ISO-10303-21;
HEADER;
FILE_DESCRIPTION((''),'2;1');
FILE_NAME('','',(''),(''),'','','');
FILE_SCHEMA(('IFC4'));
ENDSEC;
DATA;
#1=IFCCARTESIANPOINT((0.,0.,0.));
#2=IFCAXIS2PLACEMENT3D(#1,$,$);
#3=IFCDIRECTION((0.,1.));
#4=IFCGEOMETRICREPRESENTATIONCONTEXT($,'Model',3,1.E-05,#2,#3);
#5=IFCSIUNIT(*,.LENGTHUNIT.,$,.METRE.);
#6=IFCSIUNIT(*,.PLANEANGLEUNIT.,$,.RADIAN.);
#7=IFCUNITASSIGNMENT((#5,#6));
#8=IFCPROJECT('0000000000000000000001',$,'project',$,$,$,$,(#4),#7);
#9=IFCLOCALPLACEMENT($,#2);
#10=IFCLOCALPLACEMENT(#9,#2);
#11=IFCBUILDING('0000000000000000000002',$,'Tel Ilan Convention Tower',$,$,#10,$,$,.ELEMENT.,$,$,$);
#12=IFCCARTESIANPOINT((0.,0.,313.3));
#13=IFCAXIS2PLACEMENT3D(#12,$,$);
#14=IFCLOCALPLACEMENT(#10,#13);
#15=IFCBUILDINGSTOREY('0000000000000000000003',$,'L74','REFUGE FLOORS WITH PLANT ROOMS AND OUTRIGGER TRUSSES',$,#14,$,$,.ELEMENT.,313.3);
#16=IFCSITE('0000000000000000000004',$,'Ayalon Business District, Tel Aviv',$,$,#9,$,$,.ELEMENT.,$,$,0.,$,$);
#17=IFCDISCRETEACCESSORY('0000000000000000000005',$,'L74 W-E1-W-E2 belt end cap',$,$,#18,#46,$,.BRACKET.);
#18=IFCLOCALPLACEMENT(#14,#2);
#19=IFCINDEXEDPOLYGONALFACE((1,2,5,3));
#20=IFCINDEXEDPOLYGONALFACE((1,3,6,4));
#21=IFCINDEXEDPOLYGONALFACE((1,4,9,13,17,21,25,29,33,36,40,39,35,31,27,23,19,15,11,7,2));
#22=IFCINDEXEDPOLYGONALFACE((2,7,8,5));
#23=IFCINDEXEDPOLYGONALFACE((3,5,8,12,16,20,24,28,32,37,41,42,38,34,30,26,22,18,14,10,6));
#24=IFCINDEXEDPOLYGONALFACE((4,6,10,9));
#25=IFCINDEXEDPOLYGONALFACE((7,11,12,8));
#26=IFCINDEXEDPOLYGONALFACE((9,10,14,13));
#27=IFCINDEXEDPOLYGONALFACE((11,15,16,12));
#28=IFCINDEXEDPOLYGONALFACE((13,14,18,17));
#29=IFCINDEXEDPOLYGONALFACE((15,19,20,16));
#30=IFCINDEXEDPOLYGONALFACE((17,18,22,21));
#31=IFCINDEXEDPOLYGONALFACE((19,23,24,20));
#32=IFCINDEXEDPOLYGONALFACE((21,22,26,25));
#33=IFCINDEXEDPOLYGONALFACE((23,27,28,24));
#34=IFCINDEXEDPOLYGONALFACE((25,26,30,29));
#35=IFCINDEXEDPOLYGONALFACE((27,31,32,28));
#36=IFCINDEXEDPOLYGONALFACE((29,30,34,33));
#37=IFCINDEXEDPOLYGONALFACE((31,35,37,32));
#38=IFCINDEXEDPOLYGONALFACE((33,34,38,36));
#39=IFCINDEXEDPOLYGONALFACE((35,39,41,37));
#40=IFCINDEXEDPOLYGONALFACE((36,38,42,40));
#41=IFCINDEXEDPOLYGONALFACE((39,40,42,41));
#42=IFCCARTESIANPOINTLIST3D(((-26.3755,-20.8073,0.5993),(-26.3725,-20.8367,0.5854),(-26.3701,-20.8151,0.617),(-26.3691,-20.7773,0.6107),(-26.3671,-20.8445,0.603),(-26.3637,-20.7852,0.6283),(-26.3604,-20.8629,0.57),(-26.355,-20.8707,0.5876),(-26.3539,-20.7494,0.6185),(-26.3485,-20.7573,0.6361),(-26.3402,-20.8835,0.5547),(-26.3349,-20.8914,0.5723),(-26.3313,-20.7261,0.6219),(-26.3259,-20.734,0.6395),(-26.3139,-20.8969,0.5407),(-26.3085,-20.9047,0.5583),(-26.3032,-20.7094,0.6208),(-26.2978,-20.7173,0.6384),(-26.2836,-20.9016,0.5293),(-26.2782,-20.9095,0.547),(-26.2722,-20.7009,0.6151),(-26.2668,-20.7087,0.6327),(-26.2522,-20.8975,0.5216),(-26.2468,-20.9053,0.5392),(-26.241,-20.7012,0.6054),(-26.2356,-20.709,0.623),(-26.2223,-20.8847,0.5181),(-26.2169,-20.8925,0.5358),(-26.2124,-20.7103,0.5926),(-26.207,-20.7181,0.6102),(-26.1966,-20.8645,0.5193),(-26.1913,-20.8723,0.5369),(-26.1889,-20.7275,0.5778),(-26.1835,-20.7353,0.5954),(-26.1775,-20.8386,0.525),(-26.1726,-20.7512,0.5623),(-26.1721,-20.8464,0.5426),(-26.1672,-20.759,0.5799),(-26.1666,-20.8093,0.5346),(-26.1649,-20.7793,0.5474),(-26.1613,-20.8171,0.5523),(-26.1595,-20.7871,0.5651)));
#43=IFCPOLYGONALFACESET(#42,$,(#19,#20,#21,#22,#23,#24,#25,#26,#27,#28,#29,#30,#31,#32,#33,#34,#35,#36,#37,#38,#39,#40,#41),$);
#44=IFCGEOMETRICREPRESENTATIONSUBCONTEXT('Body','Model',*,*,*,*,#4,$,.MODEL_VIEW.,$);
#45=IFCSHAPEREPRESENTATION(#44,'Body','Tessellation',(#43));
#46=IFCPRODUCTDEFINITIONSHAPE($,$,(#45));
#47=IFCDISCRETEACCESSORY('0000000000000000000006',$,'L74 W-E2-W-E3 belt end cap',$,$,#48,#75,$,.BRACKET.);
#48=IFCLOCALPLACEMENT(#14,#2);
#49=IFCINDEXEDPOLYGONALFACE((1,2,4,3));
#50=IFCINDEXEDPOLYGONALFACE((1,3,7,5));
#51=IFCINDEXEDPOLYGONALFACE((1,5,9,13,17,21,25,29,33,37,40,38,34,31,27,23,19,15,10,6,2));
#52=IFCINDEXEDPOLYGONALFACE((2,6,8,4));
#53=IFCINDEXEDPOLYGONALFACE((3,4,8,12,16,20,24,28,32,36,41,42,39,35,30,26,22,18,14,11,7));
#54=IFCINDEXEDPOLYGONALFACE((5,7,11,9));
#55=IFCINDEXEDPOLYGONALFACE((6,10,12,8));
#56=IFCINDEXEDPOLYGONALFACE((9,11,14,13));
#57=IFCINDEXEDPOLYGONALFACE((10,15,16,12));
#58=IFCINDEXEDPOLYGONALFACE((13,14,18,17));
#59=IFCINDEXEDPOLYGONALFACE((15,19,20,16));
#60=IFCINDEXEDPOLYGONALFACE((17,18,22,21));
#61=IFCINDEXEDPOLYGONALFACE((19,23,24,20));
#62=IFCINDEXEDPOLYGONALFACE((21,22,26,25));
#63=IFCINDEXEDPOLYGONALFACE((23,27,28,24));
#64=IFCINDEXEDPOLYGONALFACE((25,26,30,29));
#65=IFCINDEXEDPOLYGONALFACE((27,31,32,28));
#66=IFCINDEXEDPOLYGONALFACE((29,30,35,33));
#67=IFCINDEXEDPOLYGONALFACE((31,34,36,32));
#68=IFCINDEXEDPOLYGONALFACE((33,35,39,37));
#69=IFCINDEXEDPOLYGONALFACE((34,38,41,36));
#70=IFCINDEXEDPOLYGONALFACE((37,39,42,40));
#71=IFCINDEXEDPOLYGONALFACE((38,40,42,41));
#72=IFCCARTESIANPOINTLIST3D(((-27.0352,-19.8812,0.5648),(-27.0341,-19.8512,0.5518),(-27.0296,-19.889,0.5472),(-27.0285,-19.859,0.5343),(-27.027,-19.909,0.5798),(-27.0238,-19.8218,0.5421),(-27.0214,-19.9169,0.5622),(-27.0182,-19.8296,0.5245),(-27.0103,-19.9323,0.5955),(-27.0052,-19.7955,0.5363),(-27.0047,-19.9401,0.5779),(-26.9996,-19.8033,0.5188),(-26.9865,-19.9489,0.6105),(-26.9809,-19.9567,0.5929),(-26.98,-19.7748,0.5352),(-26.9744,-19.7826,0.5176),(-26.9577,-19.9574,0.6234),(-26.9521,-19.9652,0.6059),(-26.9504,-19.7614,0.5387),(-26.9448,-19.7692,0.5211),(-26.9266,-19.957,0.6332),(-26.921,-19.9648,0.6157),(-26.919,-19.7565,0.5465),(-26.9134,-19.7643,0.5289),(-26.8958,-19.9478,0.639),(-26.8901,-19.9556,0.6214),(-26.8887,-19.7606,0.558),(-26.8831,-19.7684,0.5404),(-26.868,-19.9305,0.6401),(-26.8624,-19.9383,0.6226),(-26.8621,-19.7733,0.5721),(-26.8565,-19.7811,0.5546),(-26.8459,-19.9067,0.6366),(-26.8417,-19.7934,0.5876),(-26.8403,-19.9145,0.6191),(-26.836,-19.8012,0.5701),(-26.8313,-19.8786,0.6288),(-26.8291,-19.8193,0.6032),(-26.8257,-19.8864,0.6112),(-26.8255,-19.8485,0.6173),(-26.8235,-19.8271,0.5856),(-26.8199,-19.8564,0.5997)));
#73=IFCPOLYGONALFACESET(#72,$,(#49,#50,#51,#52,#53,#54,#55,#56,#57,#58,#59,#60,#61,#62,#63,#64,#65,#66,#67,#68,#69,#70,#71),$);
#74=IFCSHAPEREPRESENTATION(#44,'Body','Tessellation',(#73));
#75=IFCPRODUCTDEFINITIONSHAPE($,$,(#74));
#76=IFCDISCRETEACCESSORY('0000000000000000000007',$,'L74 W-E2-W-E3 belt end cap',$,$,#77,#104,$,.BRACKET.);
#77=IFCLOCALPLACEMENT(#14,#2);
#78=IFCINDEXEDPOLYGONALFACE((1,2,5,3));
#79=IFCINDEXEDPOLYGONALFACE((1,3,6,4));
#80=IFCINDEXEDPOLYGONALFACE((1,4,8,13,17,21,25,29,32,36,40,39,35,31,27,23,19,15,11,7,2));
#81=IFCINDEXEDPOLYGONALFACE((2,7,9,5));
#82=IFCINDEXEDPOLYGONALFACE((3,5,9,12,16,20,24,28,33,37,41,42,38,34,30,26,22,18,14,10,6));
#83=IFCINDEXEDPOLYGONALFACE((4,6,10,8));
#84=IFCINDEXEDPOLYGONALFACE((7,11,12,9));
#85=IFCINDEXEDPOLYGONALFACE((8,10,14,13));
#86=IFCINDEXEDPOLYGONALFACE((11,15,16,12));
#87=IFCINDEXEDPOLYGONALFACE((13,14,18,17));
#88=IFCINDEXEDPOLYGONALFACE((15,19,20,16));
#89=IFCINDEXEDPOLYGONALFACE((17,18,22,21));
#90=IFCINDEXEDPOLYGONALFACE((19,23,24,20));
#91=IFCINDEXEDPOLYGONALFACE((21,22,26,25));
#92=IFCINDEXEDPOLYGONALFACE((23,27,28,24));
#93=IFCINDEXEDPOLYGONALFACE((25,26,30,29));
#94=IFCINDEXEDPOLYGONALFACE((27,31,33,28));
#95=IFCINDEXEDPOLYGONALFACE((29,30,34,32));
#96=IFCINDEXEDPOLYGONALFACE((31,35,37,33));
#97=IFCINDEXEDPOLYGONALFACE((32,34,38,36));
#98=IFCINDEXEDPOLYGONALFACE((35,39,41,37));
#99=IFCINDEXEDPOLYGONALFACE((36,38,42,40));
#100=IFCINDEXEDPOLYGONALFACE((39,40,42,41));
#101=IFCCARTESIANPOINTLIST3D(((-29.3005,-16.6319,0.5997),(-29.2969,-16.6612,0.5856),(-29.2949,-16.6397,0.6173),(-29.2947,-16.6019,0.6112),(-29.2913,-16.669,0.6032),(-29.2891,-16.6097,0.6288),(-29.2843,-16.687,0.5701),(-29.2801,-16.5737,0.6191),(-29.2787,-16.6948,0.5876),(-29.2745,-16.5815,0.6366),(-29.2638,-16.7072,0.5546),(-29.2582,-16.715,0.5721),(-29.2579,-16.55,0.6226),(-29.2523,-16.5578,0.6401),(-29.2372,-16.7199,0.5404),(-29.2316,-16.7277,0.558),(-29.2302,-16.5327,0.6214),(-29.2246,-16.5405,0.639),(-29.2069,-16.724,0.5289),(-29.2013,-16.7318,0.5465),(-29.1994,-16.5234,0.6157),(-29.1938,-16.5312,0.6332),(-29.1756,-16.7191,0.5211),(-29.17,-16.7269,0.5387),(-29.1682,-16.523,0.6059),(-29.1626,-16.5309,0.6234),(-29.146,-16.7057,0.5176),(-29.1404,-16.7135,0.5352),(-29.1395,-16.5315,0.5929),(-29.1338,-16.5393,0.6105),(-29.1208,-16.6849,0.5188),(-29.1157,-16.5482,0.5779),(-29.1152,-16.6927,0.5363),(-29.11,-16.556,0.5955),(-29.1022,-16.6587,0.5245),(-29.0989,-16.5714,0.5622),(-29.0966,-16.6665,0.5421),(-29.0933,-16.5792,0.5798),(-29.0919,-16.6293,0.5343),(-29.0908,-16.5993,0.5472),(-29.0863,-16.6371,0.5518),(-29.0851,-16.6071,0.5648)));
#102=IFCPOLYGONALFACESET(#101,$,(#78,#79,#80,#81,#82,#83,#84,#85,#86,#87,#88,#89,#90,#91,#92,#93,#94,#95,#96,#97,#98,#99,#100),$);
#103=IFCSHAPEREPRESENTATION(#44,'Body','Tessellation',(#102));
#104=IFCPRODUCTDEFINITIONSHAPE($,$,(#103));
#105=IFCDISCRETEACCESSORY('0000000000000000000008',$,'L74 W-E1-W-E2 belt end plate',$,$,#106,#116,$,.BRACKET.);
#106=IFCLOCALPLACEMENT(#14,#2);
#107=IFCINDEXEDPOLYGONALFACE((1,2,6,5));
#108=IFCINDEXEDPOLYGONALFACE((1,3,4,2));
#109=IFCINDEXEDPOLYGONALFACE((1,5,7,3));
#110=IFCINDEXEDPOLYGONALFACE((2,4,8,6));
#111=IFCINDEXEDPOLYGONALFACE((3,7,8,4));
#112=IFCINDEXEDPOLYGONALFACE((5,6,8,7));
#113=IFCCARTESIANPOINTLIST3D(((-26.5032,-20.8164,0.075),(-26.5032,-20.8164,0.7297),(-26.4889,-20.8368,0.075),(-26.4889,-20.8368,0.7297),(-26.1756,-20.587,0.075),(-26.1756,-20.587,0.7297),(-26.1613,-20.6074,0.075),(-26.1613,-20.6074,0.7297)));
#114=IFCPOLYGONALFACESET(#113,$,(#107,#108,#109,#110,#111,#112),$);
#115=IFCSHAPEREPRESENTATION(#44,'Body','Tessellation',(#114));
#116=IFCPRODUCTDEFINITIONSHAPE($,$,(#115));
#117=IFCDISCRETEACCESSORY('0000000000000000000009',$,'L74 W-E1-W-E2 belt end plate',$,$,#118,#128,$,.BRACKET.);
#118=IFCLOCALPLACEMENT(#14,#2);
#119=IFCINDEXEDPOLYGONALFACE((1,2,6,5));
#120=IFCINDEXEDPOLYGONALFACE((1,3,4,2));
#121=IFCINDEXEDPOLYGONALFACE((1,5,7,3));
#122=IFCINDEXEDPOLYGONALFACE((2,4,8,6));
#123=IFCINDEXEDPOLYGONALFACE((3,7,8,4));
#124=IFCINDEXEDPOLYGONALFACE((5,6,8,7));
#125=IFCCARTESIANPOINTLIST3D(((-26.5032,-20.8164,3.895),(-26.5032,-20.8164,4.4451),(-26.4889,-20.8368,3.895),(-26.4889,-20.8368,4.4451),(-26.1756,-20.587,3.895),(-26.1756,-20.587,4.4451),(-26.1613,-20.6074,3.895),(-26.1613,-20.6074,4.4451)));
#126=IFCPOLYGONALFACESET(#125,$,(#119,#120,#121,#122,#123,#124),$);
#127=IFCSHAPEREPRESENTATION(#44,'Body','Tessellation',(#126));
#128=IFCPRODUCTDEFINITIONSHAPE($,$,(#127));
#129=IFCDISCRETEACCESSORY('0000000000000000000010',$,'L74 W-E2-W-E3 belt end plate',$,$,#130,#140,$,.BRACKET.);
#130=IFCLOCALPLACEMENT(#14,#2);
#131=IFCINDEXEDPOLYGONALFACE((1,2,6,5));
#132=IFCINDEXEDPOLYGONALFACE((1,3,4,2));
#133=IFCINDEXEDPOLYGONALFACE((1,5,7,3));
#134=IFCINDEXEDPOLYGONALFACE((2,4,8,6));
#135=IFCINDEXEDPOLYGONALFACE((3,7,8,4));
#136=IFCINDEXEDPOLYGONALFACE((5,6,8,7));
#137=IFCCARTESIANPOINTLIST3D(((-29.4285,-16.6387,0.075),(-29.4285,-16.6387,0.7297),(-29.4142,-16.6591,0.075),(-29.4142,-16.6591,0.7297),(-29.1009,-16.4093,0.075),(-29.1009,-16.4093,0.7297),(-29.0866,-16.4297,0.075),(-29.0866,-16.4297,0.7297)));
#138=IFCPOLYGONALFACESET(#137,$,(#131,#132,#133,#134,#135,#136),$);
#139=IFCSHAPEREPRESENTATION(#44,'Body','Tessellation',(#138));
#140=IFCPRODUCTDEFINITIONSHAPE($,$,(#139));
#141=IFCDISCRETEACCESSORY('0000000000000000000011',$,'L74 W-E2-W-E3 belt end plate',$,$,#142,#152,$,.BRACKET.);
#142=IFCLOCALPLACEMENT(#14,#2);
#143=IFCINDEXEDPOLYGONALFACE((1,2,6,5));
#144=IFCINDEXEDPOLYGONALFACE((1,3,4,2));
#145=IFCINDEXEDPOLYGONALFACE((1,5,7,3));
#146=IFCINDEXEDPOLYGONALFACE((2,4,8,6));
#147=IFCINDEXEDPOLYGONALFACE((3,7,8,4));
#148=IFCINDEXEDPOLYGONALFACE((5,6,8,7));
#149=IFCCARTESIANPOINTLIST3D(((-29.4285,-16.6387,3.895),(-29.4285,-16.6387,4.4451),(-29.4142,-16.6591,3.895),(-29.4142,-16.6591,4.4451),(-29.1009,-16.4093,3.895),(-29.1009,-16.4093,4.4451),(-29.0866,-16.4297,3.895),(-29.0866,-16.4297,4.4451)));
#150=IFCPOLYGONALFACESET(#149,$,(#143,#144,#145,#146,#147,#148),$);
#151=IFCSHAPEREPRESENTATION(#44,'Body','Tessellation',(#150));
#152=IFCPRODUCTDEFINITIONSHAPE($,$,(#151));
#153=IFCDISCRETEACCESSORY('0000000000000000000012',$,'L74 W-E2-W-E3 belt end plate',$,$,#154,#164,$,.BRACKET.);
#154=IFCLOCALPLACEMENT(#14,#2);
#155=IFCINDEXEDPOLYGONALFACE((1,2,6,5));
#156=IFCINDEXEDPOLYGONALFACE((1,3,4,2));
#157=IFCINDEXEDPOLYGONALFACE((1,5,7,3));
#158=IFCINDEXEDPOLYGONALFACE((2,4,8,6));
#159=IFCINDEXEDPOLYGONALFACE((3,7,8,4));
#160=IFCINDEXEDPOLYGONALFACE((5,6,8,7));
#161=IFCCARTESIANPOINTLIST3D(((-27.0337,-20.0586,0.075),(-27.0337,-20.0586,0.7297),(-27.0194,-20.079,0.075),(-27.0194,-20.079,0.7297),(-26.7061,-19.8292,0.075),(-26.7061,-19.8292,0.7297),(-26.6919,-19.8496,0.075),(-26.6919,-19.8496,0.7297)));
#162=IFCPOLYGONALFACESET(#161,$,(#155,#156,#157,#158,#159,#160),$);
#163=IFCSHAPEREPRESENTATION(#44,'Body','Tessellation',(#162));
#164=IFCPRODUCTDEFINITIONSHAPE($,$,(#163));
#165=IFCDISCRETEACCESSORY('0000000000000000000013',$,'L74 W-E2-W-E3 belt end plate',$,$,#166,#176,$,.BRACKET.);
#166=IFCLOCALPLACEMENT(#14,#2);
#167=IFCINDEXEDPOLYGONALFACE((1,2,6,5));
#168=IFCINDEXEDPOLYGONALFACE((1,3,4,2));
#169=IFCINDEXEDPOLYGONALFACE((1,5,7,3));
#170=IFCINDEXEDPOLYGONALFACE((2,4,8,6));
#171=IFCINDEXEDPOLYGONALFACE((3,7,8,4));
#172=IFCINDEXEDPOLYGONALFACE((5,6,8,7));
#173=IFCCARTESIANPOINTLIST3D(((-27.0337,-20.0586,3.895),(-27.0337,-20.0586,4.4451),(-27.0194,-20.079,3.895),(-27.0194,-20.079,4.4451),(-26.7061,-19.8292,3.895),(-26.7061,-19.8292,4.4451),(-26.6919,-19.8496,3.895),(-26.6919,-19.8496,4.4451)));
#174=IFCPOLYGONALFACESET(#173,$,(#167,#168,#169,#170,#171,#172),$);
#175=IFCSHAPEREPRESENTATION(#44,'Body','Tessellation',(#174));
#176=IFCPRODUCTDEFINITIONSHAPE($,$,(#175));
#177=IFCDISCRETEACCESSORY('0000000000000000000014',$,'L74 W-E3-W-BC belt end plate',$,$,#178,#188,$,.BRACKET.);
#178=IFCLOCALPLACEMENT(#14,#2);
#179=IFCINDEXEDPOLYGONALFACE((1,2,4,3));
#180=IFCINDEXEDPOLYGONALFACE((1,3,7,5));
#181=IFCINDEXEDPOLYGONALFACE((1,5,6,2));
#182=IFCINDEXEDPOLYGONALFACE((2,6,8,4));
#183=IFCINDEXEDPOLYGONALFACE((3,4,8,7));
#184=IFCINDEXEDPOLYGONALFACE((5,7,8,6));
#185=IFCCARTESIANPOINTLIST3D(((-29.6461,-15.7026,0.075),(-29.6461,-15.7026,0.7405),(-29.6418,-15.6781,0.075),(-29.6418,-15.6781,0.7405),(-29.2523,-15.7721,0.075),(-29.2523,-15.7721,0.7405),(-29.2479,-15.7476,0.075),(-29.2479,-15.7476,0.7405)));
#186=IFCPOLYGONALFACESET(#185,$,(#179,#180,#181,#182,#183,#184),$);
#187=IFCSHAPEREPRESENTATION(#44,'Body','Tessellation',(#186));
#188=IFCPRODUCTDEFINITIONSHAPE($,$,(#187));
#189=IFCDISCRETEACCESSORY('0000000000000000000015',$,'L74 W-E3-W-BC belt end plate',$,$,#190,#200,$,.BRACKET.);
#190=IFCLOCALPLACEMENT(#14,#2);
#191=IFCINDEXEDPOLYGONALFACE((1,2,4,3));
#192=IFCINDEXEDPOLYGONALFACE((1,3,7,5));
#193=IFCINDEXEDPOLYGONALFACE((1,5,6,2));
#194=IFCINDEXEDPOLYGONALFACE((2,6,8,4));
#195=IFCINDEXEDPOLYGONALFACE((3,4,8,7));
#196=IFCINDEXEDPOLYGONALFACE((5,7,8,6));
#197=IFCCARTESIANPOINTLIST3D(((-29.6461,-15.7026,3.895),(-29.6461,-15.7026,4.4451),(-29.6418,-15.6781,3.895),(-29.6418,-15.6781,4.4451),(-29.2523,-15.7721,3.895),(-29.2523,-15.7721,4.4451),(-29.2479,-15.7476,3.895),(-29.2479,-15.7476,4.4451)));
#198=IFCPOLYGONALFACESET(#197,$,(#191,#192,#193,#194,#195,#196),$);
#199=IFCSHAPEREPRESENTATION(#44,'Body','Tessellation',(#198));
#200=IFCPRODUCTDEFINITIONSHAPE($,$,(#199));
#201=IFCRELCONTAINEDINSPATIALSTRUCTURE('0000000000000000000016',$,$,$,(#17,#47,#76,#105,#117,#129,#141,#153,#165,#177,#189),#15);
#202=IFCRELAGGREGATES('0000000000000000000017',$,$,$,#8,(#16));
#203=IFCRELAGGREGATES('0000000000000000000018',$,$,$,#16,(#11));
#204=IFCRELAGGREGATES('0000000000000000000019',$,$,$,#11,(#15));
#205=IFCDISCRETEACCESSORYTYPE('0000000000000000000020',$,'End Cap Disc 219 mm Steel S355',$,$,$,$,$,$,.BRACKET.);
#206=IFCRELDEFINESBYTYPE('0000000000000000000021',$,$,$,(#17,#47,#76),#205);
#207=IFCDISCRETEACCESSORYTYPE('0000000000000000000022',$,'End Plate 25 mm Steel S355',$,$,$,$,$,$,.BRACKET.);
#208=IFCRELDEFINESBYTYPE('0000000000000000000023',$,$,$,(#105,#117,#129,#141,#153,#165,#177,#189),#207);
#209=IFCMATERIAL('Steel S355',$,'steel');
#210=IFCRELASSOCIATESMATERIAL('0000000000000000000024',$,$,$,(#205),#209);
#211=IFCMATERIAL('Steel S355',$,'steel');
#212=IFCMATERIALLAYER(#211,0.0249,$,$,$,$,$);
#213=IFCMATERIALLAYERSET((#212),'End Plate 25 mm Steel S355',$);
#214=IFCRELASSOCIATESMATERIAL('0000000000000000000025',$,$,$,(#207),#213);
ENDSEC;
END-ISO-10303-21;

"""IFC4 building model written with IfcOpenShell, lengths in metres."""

from ifc_helpers import new_model, si_unit, direction, frame, origin, origin_2d, place, context, subcontext, project, spatial, rectangle, circle, extrude, material, layer, layer_set, material_profile, profile_set, type_object, element, save


model = new_model("IFC4")

# Units and contexts
model_context = context("Model", 3, precision=1e-05, world=origin(), true_north=direction((0.0, 1.0)))
body_context = subcontext(model_context, "Body", "Model", "MODEL_VIEW")
ifc_project = project(units=[si_unit("LENGTHUNIT", "METRE"), si_unit("PLANEANGLEUNIT", "RADIAN")], contexts=[model_context])

# Site, building, storey
site_placement = place(None, origin())
site = spatial("IfcSite", under=ifc_project, at=site_placement, Name="Ayalon Business District, Tel Aviv", CompositionType="ELEMENT", RefElevation=0.0)
building_placement = place(site_placement, origin())
building = spatial("IfcBuilding", under=site, at=building_placement, Name="Tel Ilan Convention Tower", CompositionType="ELEMENT")
storey_placement = place(building_placement, frame((0.0, 0.0, 313.3)))
storey = spatial("IfcBuildingStorey", under=building, at=storey_placement, Name="L74", Description="REFUGE FLOORS WITH PLANT ROOMS AND OUTRIGGER TRUSSES", CompositionType="ELEMENT", Elevation=313.3)

# Discrete accessories
ifc_material_1 = material(Name="Steel S355", Category="steel")
ifc_material_profile_1 = material_profile(ifc_material_1, circle(Radius=0.1096, at=origin_2d()), Name="End Cap Disc 219 mm Steel S355")
ifc_profile_set_1 = profile_set([ifc_material_profile_1], Name="Steel S355")
discrete_accessory_type_1 = type_object("IfcDiscreteAccessoryType", Name="End Cap Disc 219 mm Steel S355", PredefinedType="BRACKET", material=ifc_profile_set_1)
for number, where, z_axis, x_axis, name in (
    (1, (-26.2646, -20.8086, 0.5876), (-0.268933, 0.391176, -0.880146), (-0.824042, -0.566529, 0.0), "L74 W-E1-W-E2 belt end cap"),
    (2, (-26.9307, -19.8574, 0.5876), (0.280217, -0.389867, -0.877201), (0.812015, 0.583636, 0.0), "L74 W-E2-W-E3 belt end cap"),
    (3, (-29.1897, -16.6309, 0.5876), (-0.280217, 0.389867, -0.877201), (-0.812015, -0.583636, 0.0), "L74 W-E2-W-E3 belt end cap"),
):
    element("IfcDiscreteAccessory", number, at=place(storey_placement, frame(where, z_axis=z_axis, x_axis=x_axis)), inside=storey, type_object=discrete_accessory_type_1, Name=name, PredefinedType="BRACKET", context=body_context, shape_type="SweptSolid", body=[
        extrude(circle(Radius=0.1096, at=origin_2d()), origin(), (0.0, 0.0, 1.0), 0.02),
    ])
ifc_material_2 = material(Name="Steel S355", Category="steel")
ifc_layer_1 = layer(ifc_material_2, 0.0249)
ifc_layer_set_1 = layer_set([ifc_layer_1], Name="End Plate 25 mm Steel S355")
discrete_accessory_type_2 = type_object("IfcDiscreteAccessoryType", Name="End Plate 25 mm Steel S355", PredefinedType="BRACKET", material=ifc_layer_set_1)
discrete_accessory_1_placement = place(storey_placement, frame((-26.3323, -20.7119, 0.075), z_axis=(0.0, 0.0, 1.0), x_axis=(-0.573576, 0.819152, 0.0)))
element("IfcDiscreteAccessory", 4, at=discrete_accessory_1_placement, inside=storey, type_object=discrete_accessory_type_2, Name="L74 W-E1-W-E2 belt end plate", PredefinedType="BRACKET", context=body_context, shape_type="SweptSolid", body=[
    extrude(rectangle(XDim=0.0249, YDim=0.3999, at=origin_2d()), origin(), (0.0, 0.0, 1.0), 0.6548),
])
discrete_accessory_2_placement = place(storey_placement, frame((-26.3323, -20.7119, 3.895), z_axis=(0.0, 0.0, 1.0), x_axis=(-0.573576, 0.819152, 0.0)))
element("IfcDiscreteAccessory", 5, at=discrete_accessory_2_placement, inside=storey, type_object=discrete_accessory_type_2, Name="L74 W-E1-W-E2 belt end plate", PredefinedType="BRACKET", context=body_context, shape_type="SweptSolid", body=[
    extrude(rectangle(XDim=0.0249, YDim=0.3999, at=origin_2d()), origin(), (0.0, 0.0, 1.0), 0.55),
])
discrete_accessory_3_placement = place(storey_placement, frame((-29.2576, -16.5342, 0.075), z_axis=(0.0, 0.0, 1.0), x_axis=(-0.573576, 0.819152, 0.0)))
element("IfcDiscreteAccessory", 6, at=discrete_accessory_3_placement, inside=storey, type_object=discrete_accessory_type_2, Name="L74 W-E2-W-E3 belt end plate", PredefinedType="BRACKET", context=body_context, shape_type="SweptSolid", body=[
    extrude(rectangle(XDim=0.0249, YDim=0.3999, at=origin_2d()), origin(), (0.0, 0.0, 1.0), 0.6548),
])
discrete_accessory_4_placement = place(storey_placement, frame((-29.2576, -16.5342, 3.895), z_axis=(0.0, 0.0, 1.0), x_axis=(-0.573576, 0.819152, 0.0)))
element("IfcDiscreteAccessory", 7, at=discrete_accessory_4_placement, inside=storey, type_object=discrete_accessory_type_2, Name="L74 W-E2-W-E3 belt end plate", PredefinedType="BRACKET", context=body_context, shape_type="SweptSolid", body=[
    extrude(rectangle(XDim=0.0249, YDim=0.3999, at=origin_2d()), origin(), (0.0, 0.0, 1.0), 0.55),
])
discrete_accessory_5_placement = place(storey_placement, frame((-26.8628, -19.9541, 0.075), z_axis=(0.0, 0.0, 1.0), x_axis=(0.573576, -0.819152, 0.0)))
element("IfcDiscreteAccessory", 8, at=discrete_accessory_5_placement, inside=storey, type_object=discrete_accessory_type_2, Name="L74 W-E2-W-E3 belt end plate", PredefinedType="BRACKET", context=body_context, shape_type="SweptSolid", body=[
    extrude(rectangle(XDim=0.0249, YDim=0.3999, at=origin_2d()), origin(), (0.0, 0.0, 1.0), 0.6548),
])
discrete_accessory_6_placement = place(storey_placement, frame((-26.8628, -19.9541, 3.895), z_axis=(0.0, 0.0, 1.0), x_axis=(0.573576, -0.819152, 0.0)))
element("IfcDiscreteAccessory", 9, at=discrete_accessory_6_placement, inside=storey, type_object=discrete_accessory_type_2, Name="L74 W-E2-W-E3 belt end plate", PredefinedType="BRACKET", context=body_context, shape_type="SweptSolid", body=[
    extrude(rectangle(XDim=0.0249, YDim=0.3999, at=origin_2d()), origin(), (0.0, 0.0, 1.0), 0.55),
])
discrete_accessory_7_placement = place(storey_placement, frame((-29.447, -15.7251, 0.075), z_axis=(0.0, 0.0, 1.0), x_axis=(-0.173648, -0.984808, 0.0)))
element("IfcDiscreteAccessory", 10, at=discrete_accessory_7_placement, inside=storey, type_object=discrete_accessory_type_2, Name="L74 W-E3-W-BC belt end plate", PredefinedType="BRACKET", context=body_context, shape_type="SweptSolid", body=[
    extrude(rectangle(XDim=0.0249, YDim=0.3999, at=origin_2d()), origin(), (0.0, 0.0, 1.0), 0.6655),
])
discrete_accessory_8_placement = place(storey_placement, frame((-29.447, -15.7251, 3.895), z_axis=(0.0, 0.0, 1.0), x_axis=(-0.173648, -0.984808, 0.0)))
element("IfcDiscreteAccessory", 11, at=discrete_accessory_8_placement, inside=storey, type_object=discrete_accessory_type_2, Name="L74 W-E3-W-BC belt end plate", PredefinedType="BRACKET", context=body_context, shape_type="SweptSolid", body=[
    extrude(rectangle(XDim=0.0249, YDim=0.3999, at=origin_2d()), origin(), (0.0, 0.0, 1.0), 0.55),
])

save(model, "model.ifc")
